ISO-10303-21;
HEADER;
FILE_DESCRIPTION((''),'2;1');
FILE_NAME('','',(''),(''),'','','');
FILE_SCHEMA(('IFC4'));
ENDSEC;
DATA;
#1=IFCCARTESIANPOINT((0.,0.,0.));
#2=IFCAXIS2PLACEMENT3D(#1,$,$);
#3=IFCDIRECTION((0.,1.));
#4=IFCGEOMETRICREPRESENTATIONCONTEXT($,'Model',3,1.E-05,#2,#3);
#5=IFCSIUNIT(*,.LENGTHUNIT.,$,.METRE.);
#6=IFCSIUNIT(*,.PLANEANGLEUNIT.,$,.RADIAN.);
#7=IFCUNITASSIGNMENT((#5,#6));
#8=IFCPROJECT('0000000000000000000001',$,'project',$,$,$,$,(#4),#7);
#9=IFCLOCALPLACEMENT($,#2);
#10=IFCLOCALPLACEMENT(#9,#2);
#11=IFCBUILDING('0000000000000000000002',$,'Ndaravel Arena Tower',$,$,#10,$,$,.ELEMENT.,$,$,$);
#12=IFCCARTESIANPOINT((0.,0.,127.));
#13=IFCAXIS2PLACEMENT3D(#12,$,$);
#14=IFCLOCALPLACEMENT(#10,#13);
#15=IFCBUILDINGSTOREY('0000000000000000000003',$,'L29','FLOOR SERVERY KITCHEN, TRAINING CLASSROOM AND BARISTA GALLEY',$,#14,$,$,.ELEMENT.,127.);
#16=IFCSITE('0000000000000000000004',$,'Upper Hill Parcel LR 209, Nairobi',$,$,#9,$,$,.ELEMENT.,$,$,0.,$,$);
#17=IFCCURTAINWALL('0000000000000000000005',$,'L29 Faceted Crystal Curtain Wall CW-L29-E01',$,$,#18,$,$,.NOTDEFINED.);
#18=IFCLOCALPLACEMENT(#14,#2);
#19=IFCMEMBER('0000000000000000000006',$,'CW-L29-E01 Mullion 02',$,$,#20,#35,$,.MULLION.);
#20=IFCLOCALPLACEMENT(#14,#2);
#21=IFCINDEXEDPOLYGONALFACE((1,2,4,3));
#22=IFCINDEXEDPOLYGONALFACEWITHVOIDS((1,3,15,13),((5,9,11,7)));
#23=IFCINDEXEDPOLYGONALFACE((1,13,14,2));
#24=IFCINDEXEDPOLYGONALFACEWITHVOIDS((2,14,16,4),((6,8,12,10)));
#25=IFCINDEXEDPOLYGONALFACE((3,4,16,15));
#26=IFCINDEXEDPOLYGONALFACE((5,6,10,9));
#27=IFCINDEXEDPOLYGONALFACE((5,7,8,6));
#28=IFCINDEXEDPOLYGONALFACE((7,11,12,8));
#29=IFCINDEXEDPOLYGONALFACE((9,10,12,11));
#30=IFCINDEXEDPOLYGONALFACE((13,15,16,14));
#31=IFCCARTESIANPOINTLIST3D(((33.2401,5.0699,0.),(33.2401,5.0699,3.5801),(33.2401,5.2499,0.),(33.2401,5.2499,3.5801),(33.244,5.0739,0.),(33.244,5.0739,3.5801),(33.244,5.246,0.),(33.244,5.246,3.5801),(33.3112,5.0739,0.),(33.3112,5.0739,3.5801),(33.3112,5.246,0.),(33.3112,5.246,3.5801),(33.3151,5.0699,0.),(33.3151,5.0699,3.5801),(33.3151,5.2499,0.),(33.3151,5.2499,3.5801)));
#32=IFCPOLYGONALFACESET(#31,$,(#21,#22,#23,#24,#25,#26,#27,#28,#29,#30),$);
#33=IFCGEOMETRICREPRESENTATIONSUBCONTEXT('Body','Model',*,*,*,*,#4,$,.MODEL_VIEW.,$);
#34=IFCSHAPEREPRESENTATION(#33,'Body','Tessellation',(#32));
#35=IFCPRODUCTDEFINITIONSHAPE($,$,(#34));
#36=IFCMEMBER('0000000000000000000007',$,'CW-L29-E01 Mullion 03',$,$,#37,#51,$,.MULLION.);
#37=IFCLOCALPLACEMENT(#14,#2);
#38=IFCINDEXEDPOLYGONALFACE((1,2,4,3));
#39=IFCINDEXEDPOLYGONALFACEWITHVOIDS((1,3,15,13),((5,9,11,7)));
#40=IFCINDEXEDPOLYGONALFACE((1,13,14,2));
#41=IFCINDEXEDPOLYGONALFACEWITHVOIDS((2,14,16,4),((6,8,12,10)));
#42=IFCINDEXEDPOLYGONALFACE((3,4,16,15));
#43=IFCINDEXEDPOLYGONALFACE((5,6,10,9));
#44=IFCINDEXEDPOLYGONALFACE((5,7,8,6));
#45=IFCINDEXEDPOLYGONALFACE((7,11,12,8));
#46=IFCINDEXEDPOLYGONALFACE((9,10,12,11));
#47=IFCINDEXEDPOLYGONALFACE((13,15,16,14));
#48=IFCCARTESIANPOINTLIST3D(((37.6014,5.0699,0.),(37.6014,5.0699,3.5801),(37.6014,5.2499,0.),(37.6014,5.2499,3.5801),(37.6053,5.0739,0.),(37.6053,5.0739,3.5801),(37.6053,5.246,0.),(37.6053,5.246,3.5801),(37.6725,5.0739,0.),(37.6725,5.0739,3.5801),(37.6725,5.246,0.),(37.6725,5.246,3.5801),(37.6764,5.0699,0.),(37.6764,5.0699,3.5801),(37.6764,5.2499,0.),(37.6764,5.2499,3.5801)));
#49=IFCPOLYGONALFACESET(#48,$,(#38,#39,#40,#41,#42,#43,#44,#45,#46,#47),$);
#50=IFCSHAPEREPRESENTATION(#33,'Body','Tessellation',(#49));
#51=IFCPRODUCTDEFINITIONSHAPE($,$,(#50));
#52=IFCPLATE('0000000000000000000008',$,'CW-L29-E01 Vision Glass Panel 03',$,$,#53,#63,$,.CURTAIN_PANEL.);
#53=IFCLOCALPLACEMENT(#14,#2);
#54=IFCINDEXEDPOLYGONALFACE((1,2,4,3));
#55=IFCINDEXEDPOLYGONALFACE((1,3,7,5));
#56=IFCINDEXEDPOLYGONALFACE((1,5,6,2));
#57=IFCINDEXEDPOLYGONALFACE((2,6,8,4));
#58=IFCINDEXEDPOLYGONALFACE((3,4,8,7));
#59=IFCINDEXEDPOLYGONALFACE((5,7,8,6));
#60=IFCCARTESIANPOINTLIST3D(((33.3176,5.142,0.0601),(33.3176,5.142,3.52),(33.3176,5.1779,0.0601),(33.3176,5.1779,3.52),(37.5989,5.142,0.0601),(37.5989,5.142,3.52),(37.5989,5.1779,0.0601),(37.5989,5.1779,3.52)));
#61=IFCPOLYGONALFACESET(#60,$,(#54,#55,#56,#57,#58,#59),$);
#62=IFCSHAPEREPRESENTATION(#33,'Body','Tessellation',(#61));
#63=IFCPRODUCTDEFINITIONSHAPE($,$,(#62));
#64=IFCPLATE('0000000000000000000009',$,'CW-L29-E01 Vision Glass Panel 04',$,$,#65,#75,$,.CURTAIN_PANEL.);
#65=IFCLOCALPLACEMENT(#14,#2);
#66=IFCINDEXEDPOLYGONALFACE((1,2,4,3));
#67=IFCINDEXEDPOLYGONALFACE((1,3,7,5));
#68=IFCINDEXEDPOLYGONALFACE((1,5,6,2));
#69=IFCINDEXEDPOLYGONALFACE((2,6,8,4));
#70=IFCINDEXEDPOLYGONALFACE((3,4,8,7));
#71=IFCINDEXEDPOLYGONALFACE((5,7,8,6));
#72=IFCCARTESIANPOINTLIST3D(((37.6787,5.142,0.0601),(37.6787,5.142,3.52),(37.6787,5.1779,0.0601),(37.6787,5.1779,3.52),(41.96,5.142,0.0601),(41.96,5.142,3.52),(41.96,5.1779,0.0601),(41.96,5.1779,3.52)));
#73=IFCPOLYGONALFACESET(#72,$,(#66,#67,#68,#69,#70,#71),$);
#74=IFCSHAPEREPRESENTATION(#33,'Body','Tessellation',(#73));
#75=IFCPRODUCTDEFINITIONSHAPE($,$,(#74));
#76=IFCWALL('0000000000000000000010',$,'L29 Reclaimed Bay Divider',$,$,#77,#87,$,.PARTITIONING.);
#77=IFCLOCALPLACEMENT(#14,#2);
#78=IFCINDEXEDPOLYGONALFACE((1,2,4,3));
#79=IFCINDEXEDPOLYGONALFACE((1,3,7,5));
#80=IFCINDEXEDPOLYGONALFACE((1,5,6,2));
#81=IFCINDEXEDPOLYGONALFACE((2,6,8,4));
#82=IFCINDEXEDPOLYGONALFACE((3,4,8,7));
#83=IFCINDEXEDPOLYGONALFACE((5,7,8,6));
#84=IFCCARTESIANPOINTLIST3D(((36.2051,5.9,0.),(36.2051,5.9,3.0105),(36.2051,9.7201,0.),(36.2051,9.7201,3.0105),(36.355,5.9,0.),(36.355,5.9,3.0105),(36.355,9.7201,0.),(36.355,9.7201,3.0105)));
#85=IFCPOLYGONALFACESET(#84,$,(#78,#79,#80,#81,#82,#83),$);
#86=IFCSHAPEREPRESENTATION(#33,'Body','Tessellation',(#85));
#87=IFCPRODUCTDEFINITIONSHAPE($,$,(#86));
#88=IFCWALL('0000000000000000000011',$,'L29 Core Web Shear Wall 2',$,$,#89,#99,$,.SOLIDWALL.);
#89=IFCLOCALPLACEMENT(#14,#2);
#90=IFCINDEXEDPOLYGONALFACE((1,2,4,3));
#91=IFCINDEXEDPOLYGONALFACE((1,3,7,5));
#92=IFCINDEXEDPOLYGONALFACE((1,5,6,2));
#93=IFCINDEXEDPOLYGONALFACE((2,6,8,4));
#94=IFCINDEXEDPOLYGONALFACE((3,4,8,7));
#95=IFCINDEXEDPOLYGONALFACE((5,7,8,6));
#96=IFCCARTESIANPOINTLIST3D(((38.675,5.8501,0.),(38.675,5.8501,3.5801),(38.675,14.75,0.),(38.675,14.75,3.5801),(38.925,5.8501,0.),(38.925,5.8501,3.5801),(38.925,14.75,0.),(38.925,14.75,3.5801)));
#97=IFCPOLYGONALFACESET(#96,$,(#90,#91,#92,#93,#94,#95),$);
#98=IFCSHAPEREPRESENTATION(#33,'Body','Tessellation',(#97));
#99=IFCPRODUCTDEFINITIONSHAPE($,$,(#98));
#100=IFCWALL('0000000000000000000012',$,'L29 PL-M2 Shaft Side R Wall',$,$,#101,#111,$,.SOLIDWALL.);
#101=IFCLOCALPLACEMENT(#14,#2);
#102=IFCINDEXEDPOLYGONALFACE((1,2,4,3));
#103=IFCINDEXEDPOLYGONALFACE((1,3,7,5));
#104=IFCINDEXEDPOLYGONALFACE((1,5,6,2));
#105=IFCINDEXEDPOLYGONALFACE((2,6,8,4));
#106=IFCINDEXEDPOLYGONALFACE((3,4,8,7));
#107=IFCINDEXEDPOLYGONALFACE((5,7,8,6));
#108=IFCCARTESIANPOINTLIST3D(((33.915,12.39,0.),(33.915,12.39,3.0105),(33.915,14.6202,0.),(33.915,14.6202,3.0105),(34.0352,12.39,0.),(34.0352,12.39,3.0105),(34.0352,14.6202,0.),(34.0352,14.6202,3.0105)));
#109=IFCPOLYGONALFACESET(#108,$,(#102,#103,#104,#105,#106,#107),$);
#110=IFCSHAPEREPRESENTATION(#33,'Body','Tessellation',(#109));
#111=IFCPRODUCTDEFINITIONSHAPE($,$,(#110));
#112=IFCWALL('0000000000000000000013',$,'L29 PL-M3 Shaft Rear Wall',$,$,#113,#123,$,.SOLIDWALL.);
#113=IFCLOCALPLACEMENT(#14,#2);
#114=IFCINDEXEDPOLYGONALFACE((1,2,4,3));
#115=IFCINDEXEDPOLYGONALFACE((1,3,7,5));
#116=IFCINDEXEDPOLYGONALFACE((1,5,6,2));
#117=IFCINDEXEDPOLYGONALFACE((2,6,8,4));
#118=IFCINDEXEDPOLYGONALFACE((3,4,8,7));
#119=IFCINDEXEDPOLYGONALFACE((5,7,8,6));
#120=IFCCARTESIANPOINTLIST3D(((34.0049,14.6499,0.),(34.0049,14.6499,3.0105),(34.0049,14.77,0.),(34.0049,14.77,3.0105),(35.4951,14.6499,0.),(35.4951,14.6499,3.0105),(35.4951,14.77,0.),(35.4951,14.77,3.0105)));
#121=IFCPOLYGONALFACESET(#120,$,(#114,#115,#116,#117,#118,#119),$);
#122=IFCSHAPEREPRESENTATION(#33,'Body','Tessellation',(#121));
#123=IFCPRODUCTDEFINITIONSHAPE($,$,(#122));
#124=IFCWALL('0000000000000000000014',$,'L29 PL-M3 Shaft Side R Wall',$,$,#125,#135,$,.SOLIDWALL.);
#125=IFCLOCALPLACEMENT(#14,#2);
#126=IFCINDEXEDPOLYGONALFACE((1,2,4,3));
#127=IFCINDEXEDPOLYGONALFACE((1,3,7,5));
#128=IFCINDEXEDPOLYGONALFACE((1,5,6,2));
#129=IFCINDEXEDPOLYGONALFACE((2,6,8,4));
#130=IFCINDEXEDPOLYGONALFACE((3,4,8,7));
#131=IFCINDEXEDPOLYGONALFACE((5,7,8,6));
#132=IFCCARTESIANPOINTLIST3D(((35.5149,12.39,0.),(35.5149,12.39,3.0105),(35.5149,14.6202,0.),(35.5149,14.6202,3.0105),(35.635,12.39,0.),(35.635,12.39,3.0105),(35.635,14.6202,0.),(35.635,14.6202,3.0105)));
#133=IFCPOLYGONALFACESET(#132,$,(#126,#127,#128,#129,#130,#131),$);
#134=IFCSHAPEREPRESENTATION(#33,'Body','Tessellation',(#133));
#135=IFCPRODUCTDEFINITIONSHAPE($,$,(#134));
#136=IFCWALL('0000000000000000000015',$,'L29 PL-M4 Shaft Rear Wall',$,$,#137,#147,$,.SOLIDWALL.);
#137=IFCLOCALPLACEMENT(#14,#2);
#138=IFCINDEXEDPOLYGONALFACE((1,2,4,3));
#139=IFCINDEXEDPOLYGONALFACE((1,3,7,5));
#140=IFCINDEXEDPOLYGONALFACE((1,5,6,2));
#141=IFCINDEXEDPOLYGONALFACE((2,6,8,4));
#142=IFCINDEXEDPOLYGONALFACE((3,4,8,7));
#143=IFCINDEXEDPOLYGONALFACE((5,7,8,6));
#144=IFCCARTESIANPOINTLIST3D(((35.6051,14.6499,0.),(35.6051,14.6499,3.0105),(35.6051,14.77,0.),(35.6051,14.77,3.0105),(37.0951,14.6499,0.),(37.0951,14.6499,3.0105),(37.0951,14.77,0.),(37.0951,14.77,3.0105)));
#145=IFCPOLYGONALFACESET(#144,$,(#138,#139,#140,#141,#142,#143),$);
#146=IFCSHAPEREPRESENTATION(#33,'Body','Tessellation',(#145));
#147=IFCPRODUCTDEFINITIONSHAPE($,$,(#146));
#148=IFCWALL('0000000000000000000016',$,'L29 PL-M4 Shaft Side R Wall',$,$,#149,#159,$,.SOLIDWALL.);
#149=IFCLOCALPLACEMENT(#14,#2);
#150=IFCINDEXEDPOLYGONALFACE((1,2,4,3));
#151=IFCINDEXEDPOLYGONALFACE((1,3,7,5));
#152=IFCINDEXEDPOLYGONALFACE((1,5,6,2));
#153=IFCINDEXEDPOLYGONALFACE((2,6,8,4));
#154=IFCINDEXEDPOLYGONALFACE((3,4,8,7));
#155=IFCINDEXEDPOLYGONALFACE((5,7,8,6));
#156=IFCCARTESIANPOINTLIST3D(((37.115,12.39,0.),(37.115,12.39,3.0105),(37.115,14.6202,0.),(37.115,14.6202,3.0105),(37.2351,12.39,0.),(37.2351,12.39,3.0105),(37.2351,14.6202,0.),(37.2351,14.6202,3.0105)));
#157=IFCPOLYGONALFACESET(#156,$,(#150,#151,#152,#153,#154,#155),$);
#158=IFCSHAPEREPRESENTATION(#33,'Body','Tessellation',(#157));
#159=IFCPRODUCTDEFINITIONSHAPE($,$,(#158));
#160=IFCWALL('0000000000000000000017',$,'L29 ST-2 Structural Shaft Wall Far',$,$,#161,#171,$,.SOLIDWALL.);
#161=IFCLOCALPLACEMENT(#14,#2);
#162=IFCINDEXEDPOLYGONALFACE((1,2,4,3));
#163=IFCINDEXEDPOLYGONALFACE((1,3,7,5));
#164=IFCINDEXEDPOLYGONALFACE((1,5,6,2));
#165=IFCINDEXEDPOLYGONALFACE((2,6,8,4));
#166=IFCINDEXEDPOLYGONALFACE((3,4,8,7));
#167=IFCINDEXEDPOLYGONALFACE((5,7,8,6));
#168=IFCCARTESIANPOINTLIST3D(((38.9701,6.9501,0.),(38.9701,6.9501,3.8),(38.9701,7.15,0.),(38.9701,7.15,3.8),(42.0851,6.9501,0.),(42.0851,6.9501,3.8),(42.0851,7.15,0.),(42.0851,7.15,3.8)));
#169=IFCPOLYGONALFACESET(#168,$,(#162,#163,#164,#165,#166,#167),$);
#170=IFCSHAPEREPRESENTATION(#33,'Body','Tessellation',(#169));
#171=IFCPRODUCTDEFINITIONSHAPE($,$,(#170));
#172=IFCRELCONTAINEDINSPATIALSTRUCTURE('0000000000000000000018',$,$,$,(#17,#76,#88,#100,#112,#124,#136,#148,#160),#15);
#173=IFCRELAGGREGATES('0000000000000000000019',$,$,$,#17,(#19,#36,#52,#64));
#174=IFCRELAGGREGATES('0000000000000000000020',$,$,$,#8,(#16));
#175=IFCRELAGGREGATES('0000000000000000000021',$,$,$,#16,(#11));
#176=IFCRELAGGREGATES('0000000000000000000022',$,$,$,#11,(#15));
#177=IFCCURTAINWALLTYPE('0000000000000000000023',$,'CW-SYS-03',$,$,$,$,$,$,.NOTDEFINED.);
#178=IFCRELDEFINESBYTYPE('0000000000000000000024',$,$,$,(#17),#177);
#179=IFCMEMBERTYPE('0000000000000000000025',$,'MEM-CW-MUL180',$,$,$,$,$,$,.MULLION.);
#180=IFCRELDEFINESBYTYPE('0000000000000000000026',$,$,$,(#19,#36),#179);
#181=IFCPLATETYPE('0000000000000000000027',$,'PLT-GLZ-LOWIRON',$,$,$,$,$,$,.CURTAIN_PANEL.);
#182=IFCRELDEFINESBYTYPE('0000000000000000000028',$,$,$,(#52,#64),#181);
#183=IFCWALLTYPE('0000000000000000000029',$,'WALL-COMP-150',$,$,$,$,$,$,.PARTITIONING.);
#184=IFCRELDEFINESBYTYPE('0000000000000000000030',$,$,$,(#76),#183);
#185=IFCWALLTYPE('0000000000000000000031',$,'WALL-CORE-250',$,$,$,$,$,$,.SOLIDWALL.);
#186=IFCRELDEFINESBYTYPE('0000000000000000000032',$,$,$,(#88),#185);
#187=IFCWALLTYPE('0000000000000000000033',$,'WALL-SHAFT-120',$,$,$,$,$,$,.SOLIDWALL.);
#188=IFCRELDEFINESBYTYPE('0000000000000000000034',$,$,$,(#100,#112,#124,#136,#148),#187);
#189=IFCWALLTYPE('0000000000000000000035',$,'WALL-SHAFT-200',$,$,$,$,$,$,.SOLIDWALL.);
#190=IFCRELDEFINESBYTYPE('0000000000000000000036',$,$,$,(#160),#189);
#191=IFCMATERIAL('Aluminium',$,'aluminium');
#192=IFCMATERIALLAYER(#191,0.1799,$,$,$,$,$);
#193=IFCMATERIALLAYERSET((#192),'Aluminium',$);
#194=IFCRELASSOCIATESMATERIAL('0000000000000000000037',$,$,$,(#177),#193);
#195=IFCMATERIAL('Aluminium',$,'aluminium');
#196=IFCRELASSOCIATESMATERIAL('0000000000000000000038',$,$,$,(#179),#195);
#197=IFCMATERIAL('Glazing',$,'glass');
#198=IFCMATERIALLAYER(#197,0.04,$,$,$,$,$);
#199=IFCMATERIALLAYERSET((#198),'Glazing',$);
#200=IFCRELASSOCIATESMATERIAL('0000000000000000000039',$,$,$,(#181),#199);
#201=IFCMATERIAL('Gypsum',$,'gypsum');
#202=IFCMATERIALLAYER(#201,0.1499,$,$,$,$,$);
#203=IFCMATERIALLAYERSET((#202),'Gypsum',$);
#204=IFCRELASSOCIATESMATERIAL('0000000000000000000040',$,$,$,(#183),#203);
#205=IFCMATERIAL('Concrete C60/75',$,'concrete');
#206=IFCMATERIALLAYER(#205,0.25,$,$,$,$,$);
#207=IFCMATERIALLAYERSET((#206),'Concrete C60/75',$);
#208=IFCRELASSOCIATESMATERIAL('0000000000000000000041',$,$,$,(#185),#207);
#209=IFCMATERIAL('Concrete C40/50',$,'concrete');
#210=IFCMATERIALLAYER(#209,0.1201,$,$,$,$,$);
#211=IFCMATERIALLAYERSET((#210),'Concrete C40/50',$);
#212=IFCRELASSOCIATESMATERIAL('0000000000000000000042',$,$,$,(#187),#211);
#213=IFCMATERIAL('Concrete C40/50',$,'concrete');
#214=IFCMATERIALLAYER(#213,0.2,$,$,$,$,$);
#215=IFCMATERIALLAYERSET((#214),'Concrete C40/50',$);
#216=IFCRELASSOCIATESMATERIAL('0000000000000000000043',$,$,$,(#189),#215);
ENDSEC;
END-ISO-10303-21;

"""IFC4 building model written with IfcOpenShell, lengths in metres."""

from ifc_helpers import new_model, si_unit, direction, frame, frame_2d, origin, origin_2d, place, context, subcontext, project, spatial, rectangle, hollow_rectangle, extrude, material, layer, layer_set, material_profile, profile_set, type_object, element, aggregate, save


model = new_model("IFC4")

# Units and contexts
model_context = context("Model", 3, precision=1e-05, world=origin(), true_north=direction((0.0, 1.0)))
body_context = subcontext(model_context, "Body", "Model", "MODEL_VIEW")
ifc_project = project(units=[si_unit("LENGTHUNIT", "METRE"), si_unit("PLANEANGLEUNIT", "RADIAN")], contexts=[model_context])

# Site, building, storey
site_placement = place(None, origin())
site = spatial("IfcSite", under=ifc_project, at=site_placement, Name="Upper Hill Parcel LR 209, Nairobi", CompositionType="ELEMENT", RefElevation=0.0)
building_placement = place(site_placement, origin())
building = spatial("IfcBuilding", under=site, at=building_placement, Name="Ndaravel Arena Tower", CompositionType="ELEMENT")
storey_placement = place(building_placement, frame((0.0, 0.0, 127.0)))
storey = spatial("IfcBuildingStorey", under=building, at=storey_placement, Name="L29", Description="FLOOR SERVERY KITCHEN, TRAINING CLASSROOM AND BARISTA GALLEY", CompositionType="ELEMENT", Elevation=127.0)

# Curtain wall, members, plates
ifc_material_1 = material(Name="Aluminium", Category="aluminium")
ifc_layer_1 = layer(ifc_material_1, 0.1799)
ifc_layer_set_1 = layer_set([ifc_layer_1], Name="Aluminium")
curtain_wall_type = type_object("IfcCurtainWallType", Name="CW-SYS-03", PredefinedType="NOTDEFINED", material=ifc_layer_set_1)
curtain_wall_placement = place(storey_placement, origin())
curtain_wall = element("IfcCurtainWall", 1, at=curtain_wall_placement, inside=storey, type_object=curtain_wall_type, Name="L29 Faceted Crystal Curtain Wall CW-L29-E01", PredefinedType="NOTDEFINED")
ifc_material_2 = material(Name="Aluminium", Category="aluminium")
ifc_material_profile = material_profile(ifc_material_2, hollow_rectangle(XDim=0.075, YDim=0.1799, WallThickness=0.0039, at=origin_2d()), Name="CW MULLION 75x180x4")
ifc_profile_set = profile_set([ifc_material_profile], Name="Aluminium")
member_type = type_object("IfcMemberType", Name="MEM-CW-MUL180", PredefinedType="MULLION", material=ifc_profile_set)
member_1_placement = place(storey_placement, frame((33.2776, 5.1599, 0.0), z_axis=(0.0, 0.0, 1.0), x_axis=(1.0, 0.0, 0.0)))
member_1 = element("IfcMember", 2, at=member_1_placement, type_object=member_type, Name="CW-L29-E01 Mullion 02", PredefinedType="MULLION", context=body_context, shape_type="SweptSolid", body=[
    extrude(hollow_rectangle(XDim=0.075, YDim=0.1799, WallThickness=0.0039, at=origin_2d()), origin(), (0.0, 0.0, 1.0), 3.5801),
])
member_2_placement = place(storey_placement, frame((37.6389, 5.1599, 0.0), z_axis=(0.0, 0.0, 1.0), x_axis=(1.0, 0.0, 0.0)))
member_2 = element("IfcMember", 3, at=member_2_placement, type_object=member_type, Name="CW-L29-E01 Mullion 03", PredefinedType="MULLION", context=body_context, shape_type="SweptSolid", body=[
    extrude(hollow_rectangle(XDim=0.075, YDim=0.1799, WallThickness=0.0039, at=origin_2d()), origin(), (0.0, 0.0, 1.0), 3.5801),
])
ifc_material_3 = material(Name="Glazing", Category="glass")
ifc_layer_2 = layer(ifc_material_3, 0.04)
ifc_layer_set_2 = layer_set([ifc_layer_2], Name="Glazing")
plate_type = type_object("IfcPlateType", Name="PLT-GLZ-LOWIRON", PredefinedType="CURTAIN_PANEL", material=ifc_layer_set_2)
plate_1_placement = place(storey_placement, frame((35.4583, 5.1599, 0.0601), z_axis=(0.0, 0.0, 1.0), x_axis=(1.0, 0.0, 0.0)))
plate_1 = element("IfcPlate", 4, at=plate_1_placement, type_object=plate_type, Name="CW-L29-E01 Vision Glass Panel 03", PredefinedType="CURTAIN_PANEL", context=body_context, shape_type="SweptSolid", body=[
    extrude(rectangle(XDim=4.2812, YDim=0.0359, at=origin_2d()), origin(), (0.0, 0.0, 1.0), 3.46),
])
plate_2_placement = place(storey_placement, frame((39.8193, 5.1599, 0.0601), z_axis=(0.0, 0.0, 1.0), x_axis=(1.0, 0.0, 0.0)))
plate_2 = element("IfcPlate", 5, at=plate_2_placement, type_object=plate_type, Name="CW-L29-E01 Vision Glass Panel 04", PredefinedType="CURTAIN_PANEL", context=body_context, shape_type="SweptSolid", body=[
    extrude(rectangle(XDim=4.2812, YDim=0.0359, at=origin_2d()), origin(), (0.0, 0.0, 1.0), 3.46),
])
aggregate(curtain_wall, [member_1, member_2, plate_1, plate_2])

# Walls
ifc_material_4 = material(Name="Gypsum", Category="gypsum")
ifc_layer_3 = layer(ifc_material_4, 0.1499)
ifc_layer_set_3 = layer_set([ifc_layer_3], Name="Gypsum")
wall_type_1 = type_object("IfcWallType", Name="WALL-COMP-150", PredefinedType="PARTITIONING", material=ifc_layer_set_3)
wall_1_placement = place(storey_placement, frame((36.28, 5.8999, 0.0), z_axis=(0.0, 0.0, 1.0), x_axis=(0.0, 1.0, 0.0)))
element("IfcWall", 6, at=wall_1_placement, inside=storey, type_object=wall_type_1, Name="L29 Reclaimed Bay Divider", PredefinedType="PARTITIONING", context=body_context, shape_type="SweptSolid", body=[
    extrude(rectangle(XDim=3.8201, YDim=0.1499, at=frame_2d((1.9102, 0.0))), origin(), (0.0, 0.0, 1.0), 3.0105),
])
ifc_material_5 = material(Name="Concrete C60/75", Category="concrete")
ifc_layer_4 = layer(ifc_material_5, 0.25)
ifc_layer_set_4 = layer_set([ifc_layer_4], Name="Concrete C60/75")
wall_type_2 = type_object("IfcWallType", Name="WALL-CORE-250", PredefinedType="SOLIDWALL", material=ifc_layer_set_4)
wall_2_placement = place(storey_placement, frame((38.8, 5.8501, 0.0), z_axis=(0.0, 0.0, 1.0), x_axis=(0.0, 1.0, 0.0)))
element("IfcWall", 7, at=wall_2_placement, inside=storey, type_object=wall_type_2, Name="L29 Core Web Shear Wall 2", PredefinedType="SOLIDWALL", context=body_context, shape_type="SweptSolid", body=[
    extrude(rectangle(XDim=8.8999, YDim=0.25, at=frame_2d((4.45, 0.0))), origin(), (0.0, 0.0, 1.0), 3.5801),
])
ifc_material_6 = material(Name="Concrete C40/50", Category="concrete")
ifc_layer_5 = layer(ifc_material_6, 0.1201)
ifc_layer_set_5 = layer_set([ifc_layer_5], Name="Concrete C40/50")
wall_type_3 = type_object("IfcWallType", Name="WALL-SHAFT-120", PredefinedType="SOLIDWALL", material=ifc_layer_set_5)
wall_3_placement = place(storey_placement, frame((33.9751, 12.3899, 0.0), z_axis=(0.0, 0.0, 1.0), x_axis=(0.0, 1.0, 0.0)))
element("IfcWall", 8, at=wall_3_placement, inside=storey, type_object=wall_type_3, Name="L29 PL-M2 Shaft Side R Wall", PredefinedType="SOLIDWALL", context=body_context, shape_type="SweptSolid", body=[
    extrude(rectangle(XDim=2.2302, YDim=0.1201, at=frame_2d((1.1152, 0.0))), origin(), (0.0, 0.0, 1.0), 3.0105),
])
wall_4_placement = place(storey_placement, frame((34.0049, 14.71, 0.0), z_axis=(0.0, 0.0, 1.0), x_axis=(1.0, 0.0, 0.0)))
element("IfcWall", 9, at=wall_4_placement, inside=storey, type_object=wall_type_3, Name="L29 PL-M3 Shaft Rear Wall", PredefinedType="SOLIDWALL", context=body_context, shape_type="SweptSolid", body=[
    extrude(rectangle(XDim=1.4902, YDim=0.1201, at=frame_2d((0.7451, 0.0))), origin(), (0.0, 0.0, 1.0), 3.0105),
])
wall_5_placement = place(storey_placement, frame((35.575, 12.3899, 0.0), z_axis=(0.0, 0.0, 1.0), x_axis=(0.0, 1.0, 0.0)))
element("IfcWall", 10, at=wall_5_placement, inside=storey, type_object=wall_type_3, Name="L29 PL-M3 Shaft Side R Wall", PredefinedType="SOLIDWALL", context=body_context, shape_type="SweptSolid", body=[
    extrude(rectangle(XDim=2.2302, YDim=0.1201, at=frame_2d((1.1152, 0.0))), origin(), (0.0, 0.0, 1.0), 3.0105),
])
wall_6_placement = place(storey_placement, frame((35.605, 14.71, 0.0), z_axis=(0.0, 0.0, 1.0), x_axis=(1.0, 0.0, 0.0)))
element("IfcWall", 11, at=wall_6_placement, inside=storey, type_object=wall_type_3, Name="L29 PL-M4 Shaft Rear Wall", PredefinedType="SOLIDWALL", context=body_context, shape_type="SweptSolid", body=[
    extrude(rectangle(XDim=1.49, YDim=0.1201, at=frame_2d((0.7451, 0.0))), origin(), (0.0, 0.0, 1.0), 3.0105),
])
wall_7_placement = place(storey_placement, frame((37.175, 12.3899, 0.0), z_axis=(0.0, 0.0, 1.0), x_axis=(0.0, 1.0, 0.0)))
element("IfcWall", 12, at=wall_7_placement, inside=storey, type_object=wall_type_3, Name="L29 PL-M4 Shaft Side R Wall", PredefinedType="SOLIDWALL", context=body_context, shape_type="SweptSolid", body=[
    extrude(rectangle(XDim=2.2302, YDim=0.1201, at=frame_2d((1.1152, 0.0))), origin(), (0.0, 0.0, 1.0), 3.0105),
])
ifc_material_7 = material(Name="Concrete C40/50", Category="concrete")
ifc_layer_6 = layer(ifc_material_7, 0.2)
ifc_layer_set_6 = layer_set([ifc_layer_6], Name="Concrete C40/50")
wall_type_4 = type_object("IfcWallType", Name="WALL-SHAFT-200", PredefinedType="SOLIDWALL", material=ifc_layer_set_6)
wall_8_placement = place(storey_placement, frame((38.97, 7.05, 0.0), z_axis=(0.0, 0.0, 1.0), x_axis=(1.0, 0.0, 0.0)))
element("IfcWall", 13, at=wall_8_placement, inside=storey, type_object=wall_type_4, Name="L29 ST-2 Structural Shaft Wall Far", PredefinedType="SOLIDWALL", context=body_context, shape_type="SweptSolid", body=[
    extrude(rectangle(XDim=3.115, YDim=0.2, at=frame_2d((1.5576, 0.0))), origin(), (0.0, 0.0, 1.0), 3.8),
])

save(model, "model.ifc")
